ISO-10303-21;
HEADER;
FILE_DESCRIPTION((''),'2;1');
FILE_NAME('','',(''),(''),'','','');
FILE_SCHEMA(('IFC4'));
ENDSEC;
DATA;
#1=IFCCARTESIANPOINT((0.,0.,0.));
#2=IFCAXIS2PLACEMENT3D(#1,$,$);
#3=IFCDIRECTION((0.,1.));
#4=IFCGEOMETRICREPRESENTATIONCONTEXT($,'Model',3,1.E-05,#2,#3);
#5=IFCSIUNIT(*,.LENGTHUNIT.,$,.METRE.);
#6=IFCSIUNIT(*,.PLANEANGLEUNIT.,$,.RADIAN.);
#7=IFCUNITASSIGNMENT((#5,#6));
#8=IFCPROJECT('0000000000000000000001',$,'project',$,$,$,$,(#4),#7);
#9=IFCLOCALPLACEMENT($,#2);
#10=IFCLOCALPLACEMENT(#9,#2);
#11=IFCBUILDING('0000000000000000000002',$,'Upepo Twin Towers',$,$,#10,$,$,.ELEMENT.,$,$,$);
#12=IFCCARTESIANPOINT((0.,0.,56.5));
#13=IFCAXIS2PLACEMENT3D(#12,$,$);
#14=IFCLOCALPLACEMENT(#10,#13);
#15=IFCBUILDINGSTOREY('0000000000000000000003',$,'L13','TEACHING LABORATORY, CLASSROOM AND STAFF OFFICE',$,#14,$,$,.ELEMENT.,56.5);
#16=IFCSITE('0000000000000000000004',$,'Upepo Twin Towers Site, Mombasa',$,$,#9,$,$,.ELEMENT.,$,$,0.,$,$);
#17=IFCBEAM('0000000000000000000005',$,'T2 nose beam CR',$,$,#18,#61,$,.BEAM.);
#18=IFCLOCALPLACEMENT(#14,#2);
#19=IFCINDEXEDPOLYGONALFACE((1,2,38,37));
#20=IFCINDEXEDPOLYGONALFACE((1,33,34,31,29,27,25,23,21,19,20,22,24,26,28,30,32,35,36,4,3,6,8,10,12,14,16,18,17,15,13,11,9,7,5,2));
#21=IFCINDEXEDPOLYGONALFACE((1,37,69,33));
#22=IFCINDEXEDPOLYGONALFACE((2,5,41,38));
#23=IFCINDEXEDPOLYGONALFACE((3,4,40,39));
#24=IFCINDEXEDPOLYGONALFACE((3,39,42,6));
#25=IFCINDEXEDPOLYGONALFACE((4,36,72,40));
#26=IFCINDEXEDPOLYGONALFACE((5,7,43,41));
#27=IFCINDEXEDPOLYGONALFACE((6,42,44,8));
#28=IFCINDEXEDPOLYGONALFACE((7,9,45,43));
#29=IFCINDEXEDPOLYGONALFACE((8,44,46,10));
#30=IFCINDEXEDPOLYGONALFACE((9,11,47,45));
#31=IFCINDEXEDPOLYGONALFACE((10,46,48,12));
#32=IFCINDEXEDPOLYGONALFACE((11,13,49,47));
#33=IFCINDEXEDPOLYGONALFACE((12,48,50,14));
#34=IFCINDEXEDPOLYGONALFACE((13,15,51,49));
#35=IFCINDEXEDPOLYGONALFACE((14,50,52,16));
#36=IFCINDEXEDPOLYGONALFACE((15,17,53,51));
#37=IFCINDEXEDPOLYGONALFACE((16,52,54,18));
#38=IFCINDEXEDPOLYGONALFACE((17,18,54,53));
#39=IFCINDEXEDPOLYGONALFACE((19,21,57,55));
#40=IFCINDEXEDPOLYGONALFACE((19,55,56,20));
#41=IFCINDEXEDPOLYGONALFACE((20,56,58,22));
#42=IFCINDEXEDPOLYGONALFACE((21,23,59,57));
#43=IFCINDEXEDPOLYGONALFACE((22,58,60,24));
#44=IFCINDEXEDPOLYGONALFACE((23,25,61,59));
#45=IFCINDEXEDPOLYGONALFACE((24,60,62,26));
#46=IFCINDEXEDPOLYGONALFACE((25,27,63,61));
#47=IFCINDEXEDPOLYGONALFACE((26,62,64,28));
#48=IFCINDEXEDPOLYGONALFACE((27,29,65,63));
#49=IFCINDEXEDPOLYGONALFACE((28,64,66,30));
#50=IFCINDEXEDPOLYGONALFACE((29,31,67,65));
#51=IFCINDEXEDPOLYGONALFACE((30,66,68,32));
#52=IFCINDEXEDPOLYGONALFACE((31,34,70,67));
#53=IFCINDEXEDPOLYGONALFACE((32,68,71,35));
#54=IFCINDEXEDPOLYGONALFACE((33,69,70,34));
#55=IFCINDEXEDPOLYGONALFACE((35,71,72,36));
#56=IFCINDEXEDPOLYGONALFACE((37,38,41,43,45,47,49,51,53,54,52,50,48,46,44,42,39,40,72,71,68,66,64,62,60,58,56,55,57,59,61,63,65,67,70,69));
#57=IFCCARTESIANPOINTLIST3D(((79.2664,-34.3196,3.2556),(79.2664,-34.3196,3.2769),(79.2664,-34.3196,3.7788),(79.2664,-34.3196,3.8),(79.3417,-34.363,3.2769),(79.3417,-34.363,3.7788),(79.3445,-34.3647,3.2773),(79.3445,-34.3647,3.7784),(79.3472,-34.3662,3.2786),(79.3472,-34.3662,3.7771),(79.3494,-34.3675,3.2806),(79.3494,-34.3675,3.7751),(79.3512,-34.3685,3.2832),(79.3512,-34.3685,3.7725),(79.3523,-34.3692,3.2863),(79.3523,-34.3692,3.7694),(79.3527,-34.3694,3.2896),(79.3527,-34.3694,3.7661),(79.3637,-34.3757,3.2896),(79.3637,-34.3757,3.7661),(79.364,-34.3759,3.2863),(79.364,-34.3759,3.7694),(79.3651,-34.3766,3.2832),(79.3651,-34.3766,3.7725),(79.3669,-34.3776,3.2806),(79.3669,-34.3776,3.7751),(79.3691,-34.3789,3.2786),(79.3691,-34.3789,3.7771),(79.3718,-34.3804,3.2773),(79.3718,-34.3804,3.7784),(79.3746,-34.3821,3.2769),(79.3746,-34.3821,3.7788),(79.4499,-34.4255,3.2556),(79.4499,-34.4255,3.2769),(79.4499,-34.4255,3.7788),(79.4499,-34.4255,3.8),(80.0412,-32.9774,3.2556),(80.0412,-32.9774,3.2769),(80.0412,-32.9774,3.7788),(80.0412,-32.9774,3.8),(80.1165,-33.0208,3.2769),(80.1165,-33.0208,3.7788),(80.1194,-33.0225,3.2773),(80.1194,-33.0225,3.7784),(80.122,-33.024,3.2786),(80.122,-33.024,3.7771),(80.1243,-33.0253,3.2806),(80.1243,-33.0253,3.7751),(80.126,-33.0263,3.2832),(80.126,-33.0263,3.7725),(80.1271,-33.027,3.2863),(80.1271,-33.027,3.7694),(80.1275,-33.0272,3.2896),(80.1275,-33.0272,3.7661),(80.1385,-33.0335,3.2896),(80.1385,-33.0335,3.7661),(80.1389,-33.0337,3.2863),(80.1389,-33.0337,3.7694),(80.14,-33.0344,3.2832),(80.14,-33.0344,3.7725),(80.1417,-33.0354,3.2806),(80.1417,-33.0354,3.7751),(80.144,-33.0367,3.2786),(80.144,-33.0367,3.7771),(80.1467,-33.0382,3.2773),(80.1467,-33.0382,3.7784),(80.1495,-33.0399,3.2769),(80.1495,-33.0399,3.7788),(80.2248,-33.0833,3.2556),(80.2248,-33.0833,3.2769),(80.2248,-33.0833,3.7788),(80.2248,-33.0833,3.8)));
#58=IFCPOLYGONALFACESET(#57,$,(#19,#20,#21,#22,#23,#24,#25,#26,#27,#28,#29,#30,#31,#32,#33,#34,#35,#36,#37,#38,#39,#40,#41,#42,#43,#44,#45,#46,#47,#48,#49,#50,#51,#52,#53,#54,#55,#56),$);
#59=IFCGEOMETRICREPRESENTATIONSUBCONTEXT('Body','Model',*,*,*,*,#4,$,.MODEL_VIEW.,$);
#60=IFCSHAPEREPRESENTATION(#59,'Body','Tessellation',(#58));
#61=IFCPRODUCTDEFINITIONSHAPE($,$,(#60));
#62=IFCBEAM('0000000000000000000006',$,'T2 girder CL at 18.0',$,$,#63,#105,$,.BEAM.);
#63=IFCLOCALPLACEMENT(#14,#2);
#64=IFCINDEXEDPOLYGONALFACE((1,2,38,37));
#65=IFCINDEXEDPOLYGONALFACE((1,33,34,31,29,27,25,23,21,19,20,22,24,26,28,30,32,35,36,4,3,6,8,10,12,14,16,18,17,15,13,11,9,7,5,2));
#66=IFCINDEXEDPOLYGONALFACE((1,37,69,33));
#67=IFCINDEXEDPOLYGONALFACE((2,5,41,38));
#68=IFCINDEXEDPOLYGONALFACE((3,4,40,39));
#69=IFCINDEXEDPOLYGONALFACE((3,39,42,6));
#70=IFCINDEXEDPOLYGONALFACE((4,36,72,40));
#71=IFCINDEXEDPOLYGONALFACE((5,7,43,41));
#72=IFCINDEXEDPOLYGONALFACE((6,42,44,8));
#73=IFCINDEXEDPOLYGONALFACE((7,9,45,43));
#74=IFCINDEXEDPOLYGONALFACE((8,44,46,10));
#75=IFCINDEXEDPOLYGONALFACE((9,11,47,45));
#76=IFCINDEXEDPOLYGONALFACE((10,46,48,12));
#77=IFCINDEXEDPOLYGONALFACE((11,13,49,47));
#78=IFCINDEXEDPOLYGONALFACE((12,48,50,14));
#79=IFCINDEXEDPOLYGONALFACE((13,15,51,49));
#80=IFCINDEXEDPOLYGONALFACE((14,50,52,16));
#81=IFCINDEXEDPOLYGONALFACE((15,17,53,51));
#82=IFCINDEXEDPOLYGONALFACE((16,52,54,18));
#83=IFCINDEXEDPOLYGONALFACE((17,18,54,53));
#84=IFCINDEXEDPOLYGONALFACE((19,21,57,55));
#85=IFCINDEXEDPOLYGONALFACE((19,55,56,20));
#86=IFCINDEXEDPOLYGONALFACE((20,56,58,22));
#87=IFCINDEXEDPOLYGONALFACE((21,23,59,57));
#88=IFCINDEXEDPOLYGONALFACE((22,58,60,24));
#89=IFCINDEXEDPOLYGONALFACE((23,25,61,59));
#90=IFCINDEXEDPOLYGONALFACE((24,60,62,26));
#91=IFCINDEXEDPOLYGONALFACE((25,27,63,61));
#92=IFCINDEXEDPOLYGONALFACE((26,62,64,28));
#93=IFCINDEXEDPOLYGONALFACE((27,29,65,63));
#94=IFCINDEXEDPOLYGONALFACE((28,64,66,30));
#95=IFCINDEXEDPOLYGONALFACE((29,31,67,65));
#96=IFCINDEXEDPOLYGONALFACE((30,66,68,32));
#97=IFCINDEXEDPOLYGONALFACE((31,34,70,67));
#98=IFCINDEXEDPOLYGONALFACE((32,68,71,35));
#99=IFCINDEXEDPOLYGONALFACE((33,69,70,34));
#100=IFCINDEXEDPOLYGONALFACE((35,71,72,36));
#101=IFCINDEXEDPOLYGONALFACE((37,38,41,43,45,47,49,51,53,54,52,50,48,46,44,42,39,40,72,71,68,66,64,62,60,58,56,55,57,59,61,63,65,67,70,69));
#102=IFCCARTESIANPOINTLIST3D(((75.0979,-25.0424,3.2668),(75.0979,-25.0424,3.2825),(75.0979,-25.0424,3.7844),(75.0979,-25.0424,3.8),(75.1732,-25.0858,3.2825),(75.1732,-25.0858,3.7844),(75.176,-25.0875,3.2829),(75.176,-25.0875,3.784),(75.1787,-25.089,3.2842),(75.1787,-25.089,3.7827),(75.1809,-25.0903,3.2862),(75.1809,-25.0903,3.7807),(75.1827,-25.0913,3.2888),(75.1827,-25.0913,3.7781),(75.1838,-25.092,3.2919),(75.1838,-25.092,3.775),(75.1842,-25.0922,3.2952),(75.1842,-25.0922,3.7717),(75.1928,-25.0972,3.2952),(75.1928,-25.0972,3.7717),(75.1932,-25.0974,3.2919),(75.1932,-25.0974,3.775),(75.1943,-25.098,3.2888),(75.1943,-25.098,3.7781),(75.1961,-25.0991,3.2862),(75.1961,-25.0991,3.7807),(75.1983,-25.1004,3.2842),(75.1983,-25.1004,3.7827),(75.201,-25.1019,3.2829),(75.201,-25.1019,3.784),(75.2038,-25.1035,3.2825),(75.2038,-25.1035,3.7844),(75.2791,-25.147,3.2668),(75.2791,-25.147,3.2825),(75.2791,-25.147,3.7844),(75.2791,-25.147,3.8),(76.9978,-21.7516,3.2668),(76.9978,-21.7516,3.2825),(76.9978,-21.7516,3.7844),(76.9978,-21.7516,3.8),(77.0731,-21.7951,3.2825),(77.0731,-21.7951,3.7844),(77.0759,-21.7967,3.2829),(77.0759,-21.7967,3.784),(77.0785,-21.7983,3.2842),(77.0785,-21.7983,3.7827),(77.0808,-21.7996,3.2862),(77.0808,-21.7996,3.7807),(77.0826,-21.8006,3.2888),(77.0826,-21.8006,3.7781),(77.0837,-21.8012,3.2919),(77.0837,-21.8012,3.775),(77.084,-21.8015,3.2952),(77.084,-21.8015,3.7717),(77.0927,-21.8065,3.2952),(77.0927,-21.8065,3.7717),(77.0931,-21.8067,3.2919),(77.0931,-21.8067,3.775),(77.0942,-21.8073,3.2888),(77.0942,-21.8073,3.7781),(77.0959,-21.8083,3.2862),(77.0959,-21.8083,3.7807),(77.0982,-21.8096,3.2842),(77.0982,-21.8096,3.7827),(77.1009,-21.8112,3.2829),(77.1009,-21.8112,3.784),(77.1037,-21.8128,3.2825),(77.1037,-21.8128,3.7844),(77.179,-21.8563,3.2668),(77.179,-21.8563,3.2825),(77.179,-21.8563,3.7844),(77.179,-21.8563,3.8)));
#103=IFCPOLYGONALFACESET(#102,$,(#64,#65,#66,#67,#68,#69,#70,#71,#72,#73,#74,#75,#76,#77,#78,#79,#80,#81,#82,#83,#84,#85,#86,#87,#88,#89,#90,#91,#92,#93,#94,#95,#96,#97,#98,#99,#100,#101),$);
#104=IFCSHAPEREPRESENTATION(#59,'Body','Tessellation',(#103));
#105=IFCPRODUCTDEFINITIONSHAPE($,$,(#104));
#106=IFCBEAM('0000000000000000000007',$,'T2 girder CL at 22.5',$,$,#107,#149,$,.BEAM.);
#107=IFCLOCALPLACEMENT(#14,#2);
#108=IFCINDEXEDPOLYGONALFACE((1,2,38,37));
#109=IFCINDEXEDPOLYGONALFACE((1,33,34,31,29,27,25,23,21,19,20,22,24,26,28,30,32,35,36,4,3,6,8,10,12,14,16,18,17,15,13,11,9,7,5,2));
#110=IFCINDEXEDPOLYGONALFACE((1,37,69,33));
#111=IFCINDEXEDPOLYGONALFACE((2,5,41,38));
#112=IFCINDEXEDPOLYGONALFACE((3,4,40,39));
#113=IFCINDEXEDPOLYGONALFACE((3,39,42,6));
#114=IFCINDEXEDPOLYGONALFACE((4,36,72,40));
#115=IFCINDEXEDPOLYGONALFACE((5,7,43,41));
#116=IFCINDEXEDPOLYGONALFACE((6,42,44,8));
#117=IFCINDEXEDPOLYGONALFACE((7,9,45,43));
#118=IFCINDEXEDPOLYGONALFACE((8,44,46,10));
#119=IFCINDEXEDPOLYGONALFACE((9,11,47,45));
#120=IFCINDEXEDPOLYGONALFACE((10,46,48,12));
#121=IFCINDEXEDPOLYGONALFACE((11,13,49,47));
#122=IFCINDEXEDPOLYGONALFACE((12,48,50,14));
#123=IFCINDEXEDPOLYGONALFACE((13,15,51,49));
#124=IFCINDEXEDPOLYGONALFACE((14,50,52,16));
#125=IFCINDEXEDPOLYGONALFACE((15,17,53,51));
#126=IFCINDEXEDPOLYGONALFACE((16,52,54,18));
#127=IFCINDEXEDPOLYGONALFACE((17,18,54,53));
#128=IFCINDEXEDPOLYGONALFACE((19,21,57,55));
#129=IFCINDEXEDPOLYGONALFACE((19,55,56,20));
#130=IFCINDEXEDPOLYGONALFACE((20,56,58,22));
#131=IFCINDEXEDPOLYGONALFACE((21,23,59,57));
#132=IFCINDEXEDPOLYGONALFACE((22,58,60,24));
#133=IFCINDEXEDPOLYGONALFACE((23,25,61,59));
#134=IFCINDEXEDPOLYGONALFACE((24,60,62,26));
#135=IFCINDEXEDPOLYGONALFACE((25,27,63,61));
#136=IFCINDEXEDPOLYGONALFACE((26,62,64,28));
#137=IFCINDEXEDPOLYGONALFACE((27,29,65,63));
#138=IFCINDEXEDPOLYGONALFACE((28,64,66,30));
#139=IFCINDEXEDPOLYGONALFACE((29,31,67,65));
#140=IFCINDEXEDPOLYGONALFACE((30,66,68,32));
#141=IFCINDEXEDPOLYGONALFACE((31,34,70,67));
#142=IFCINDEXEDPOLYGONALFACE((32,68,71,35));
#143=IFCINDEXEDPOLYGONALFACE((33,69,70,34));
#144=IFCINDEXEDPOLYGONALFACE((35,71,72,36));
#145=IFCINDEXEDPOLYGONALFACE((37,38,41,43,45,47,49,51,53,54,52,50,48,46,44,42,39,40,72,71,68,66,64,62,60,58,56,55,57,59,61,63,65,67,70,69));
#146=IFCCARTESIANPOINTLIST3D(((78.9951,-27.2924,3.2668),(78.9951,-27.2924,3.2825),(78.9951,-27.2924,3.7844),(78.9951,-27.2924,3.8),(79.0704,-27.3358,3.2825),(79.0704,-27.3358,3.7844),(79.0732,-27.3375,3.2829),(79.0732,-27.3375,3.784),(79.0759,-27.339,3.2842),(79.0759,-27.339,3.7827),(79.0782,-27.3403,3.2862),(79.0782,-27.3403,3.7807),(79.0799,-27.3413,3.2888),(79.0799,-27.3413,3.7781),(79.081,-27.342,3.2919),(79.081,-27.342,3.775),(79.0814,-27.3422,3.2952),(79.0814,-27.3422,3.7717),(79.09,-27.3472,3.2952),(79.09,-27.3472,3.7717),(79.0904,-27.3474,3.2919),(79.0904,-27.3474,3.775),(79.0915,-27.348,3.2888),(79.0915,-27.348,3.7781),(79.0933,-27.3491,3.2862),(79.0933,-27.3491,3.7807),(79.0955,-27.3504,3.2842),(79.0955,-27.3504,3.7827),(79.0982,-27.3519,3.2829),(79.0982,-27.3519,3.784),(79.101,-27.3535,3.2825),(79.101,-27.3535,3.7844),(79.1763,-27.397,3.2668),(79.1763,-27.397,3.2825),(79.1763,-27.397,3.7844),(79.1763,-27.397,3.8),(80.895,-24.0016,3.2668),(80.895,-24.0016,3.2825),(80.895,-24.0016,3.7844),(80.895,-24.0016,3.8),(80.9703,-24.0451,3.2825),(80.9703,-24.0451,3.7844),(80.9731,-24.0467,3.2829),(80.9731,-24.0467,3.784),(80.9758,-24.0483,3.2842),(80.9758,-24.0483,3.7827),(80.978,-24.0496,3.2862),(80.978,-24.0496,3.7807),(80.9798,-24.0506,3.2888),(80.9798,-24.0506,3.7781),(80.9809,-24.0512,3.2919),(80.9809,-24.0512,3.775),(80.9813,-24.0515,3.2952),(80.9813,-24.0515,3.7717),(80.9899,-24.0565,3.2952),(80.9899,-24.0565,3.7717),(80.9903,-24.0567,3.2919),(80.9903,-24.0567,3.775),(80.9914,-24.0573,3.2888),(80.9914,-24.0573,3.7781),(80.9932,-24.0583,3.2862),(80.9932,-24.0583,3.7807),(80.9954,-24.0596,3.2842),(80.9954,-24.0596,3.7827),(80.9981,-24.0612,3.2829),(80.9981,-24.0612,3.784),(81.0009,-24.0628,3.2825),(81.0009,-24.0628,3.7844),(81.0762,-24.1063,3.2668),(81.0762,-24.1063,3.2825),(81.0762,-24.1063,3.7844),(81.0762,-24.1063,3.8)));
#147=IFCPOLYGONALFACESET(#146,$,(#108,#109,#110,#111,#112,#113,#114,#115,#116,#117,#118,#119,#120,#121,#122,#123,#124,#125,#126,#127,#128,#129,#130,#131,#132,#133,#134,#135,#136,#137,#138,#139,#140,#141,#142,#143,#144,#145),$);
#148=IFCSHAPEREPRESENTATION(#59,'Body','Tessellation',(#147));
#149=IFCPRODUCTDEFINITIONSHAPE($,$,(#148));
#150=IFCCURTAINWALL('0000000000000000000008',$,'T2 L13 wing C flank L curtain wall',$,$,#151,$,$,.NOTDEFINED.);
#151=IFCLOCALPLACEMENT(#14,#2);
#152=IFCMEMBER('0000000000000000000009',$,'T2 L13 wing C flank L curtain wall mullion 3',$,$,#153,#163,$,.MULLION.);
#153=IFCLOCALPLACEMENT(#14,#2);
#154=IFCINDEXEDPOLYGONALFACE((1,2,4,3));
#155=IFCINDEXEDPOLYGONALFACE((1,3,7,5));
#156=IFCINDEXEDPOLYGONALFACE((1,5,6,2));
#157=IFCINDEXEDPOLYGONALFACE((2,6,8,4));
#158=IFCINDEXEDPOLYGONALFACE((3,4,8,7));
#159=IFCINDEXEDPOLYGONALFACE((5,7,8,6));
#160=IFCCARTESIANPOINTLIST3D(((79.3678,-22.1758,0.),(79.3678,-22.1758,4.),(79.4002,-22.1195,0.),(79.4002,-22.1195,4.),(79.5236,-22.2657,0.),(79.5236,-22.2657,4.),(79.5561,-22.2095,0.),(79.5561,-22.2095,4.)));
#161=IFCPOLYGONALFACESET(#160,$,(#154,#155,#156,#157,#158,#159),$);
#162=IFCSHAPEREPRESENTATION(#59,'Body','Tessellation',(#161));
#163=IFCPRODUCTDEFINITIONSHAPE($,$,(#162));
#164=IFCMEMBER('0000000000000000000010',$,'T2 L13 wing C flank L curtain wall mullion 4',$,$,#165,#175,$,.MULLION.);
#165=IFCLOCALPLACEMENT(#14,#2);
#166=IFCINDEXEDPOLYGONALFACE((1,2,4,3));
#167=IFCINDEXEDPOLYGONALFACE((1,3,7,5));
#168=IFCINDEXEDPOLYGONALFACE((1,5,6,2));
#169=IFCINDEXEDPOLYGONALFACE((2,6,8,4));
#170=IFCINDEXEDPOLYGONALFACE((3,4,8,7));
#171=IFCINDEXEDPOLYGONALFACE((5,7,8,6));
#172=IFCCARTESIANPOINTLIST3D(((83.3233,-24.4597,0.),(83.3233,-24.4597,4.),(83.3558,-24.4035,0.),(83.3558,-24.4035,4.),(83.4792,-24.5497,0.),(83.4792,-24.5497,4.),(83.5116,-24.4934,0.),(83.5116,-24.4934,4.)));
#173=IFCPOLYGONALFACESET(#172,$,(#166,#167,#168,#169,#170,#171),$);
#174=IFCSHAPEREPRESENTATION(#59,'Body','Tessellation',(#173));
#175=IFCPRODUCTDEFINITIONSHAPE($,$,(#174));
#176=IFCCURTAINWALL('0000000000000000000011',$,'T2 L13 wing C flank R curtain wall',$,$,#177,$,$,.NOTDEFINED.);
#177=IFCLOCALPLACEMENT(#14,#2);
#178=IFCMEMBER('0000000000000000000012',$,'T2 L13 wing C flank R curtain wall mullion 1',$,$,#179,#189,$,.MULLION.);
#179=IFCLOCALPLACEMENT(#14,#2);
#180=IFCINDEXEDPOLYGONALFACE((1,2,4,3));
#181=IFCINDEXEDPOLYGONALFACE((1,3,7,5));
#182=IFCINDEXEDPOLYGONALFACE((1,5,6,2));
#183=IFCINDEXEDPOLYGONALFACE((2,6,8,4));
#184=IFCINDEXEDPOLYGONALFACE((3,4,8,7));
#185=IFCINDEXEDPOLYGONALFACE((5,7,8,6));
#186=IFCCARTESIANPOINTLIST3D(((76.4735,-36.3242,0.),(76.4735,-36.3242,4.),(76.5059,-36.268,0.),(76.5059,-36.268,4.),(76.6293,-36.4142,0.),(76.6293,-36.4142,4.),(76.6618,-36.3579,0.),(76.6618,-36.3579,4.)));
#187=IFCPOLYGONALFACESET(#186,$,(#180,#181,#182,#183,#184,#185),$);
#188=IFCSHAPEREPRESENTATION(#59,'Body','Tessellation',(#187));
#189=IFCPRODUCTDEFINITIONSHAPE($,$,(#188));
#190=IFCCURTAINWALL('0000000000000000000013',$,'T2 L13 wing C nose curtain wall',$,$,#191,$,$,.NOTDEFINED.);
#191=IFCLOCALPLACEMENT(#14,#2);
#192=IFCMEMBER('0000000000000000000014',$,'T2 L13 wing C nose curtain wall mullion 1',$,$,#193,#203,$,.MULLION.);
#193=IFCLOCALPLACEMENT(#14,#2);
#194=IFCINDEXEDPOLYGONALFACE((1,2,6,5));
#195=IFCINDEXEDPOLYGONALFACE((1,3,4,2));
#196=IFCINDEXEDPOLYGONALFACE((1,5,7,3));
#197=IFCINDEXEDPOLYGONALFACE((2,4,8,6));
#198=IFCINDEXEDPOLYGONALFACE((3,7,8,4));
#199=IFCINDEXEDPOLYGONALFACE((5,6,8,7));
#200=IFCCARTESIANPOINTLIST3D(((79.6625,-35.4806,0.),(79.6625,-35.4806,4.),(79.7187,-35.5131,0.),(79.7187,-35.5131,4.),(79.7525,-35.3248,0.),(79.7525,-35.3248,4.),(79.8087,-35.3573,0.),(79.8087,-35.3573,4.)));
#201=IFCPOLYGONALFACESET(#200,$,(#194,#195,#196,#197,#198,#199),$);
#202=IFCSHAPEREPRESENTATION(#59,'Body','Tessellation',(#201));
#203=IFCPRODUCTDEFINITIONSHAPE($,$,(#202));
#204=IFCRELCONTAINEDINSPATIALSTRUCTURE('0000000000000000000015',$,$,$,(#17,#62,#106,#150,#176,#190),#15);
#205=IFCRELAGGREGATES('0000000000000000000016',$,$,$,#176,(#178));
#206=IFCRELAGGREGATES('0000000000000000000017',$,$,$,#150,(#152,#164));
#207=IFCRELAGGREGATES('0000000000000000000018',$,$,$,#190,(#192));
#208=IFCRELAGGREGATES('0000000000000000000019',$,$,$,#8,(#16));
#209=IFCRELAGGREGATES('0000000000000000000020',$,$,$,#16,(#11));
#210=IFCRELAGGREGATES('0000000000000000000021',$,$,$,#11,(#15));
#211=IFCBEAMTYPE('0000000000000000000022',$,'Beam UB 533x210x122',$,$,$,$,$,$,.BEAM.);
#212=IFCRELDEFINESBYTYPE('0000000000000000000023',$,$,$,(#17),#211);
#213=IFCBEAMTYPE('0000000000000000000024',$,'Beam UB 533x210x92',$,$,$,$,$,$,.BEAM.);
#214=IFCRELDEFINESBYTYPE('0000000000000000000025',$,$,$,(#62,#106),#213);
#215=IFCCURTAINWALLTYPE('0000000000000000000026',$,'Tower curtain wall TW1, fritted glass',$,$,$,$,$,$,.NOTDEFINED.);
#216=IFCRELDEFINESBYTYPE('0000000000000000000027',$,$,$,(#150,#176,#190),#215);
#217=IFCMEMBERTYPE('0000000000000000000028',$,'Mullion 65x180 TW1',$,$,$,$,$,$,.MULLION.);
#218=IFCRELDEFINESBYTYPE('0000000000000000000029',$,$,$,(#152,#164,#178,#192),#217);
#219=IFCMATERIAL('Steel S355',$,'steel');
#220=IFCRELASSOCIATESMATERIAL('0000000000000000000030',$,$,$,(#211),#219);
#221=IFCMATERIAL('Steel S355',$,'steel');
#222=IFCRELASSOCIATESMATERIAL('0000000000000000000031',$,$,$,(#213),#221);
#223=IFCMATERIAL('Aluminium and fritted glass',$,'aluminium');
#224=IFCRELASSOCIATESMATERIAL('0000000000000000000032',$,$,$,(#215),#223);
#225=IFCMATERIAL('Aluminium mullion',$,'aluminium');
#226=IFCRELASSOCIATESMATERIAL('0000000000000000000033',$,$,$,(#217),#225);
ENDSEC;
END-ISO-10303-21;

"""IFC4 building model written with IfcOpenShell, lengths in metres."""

from ifc_helpers import new_model, si_unit, direction, frame, origin, origin_2d, place, context, subcontext, project, spatial, rectangle, i_section, extrude, material, material_profile, profile_set, type_object, element, aggregate, save


model = new_model("IFC4")

# Units and contexts
model_context = context("Model", 3, precision=1e-05, world=origin(), true_north=direction((0.0, 1.0)))
body_context = subcontext(model_context, "Body", "Model", "MODEL_VIEW")
ifc_project = project(units=[si_unit("LENGTHUNIT", "METRE"), si_unit("PLANEANGLEUNIT", "RADIAN")], contexts=[model_context])

# Site, building, storey
site_placement = place(None, origin())
site = spatial("IfcSite", under=ifc_project, at=site_placement, Name="Upepo Twin Towers Site, Mombasa", CompositionType="ELEMENT", RefElevation=0.0)
building_placement = place(site_placement, origin())
building = spatial("IfcBuilding", under=site, at=building_placement, Name="Upepo Twin Towers", CompositionType="ELEMENT")
storey_placement = place(building_placement, frame((0.0, 0.0, 56.5)))
storey = spatial("IfcBuildingStorey", under=building, at=storey_placement, Name="L13", Description="TEACHING LABORATORY, CLASSROOM AND STAFF OFFICE", CompositionType="ELEMENT", Elevation=56.5)

# Beams
ifc_material_1 = material(Name="Steel S355", Category="steel")
ifc_material_profile_1 = material_profile(ifc_material_1, i_section(OverallWidth=0.2119, OverallDepth=0.5444, WebThickness=0.0127, FlangeThickness=0.0212, FilletRadius=0.0127, at=origin_2d()), Name="UB 533x210x122")
ifc_profile_set_1 = profile_set([ifc_material_profile_1], Name="Steel S355")
beam_type_1 = type_object("IfcBeamType", Name="Beam UB 533x210x122", PredefinedType="BEAM", material=ifc_profile_set_1)
for number, where, z_axis, x_axis, name in (
    (1, (79.3582, -34.3726, 3.5278), (0.499968, 0.866044, 0.0), (-0.866044, 0.499968, 0.0), "T2 nose beam CR"),
):
    element("IfcBeam", number, at=place(storey_placement, frame(where, z_axis=z_axis, x_axis=x_axis)), inside=storey, type_object=beam_type_1, Name=name, PredefinedType="BEAM", context=body_context, shape_type="SweptSolid", body=[
        extrude(i_section(OverallWidth=0.2119, OverallDepth=0.5444, WebThickness=0.0127, FlangeThickness=0.0212, FilletRadius=0.0127, at=origin_2d()), origin(), (0.0, 0.0, 1.0), 1.5498),
    ])
ifc_material_2 = material(Name="Steel S355", Category="steel")
ifc_material_profile_2 = material_profile(ifc_material_2, i_section(OverallWidth=0.2092, OverallDepth=0.5332, WebThickness=0.01, FlangeThickness=0.0156, FilletRadius=0.0127, at=origin_2d()), Name="UB 533x210x92")
ifc_profile_set_2 = profile_set([ifc_material_profile_2], Name="Steel S355")
beam_type_2 = type_object("IfcBeamType", Name="Beam UB 533x210x92", PredefinedType="BEAM", material=ifc_profile_set_2)
for number, where, z_axis, x_axis, name in (
    (2, (77.0884, -21.804, 3.5334), (-0.499995, -0.866028, 0.0), (0.866028, -0.499995, 0.0), "T2 girder CL at 18.0"),
    (3, (80.9856, -24.054, 3.5334), (-0.499995, -0.866028, 0.0), (0.866028, -0.499995, 0.0), "T2 girder CL at 22.5"),
):
    element("IfcBeam", number, at=place(storey_placement, frame(where, z_axis=z_axis, x_axis=x_axis)), inside=storey, type_object=beam_type_2, Name=name, PredefinedType="BEAM", context=body_context, shape_type="SweptSolid", body=[
        extrude(i_section(OverallWidth=0.2092, OverallDepth=0.5332, WebThickness=0.01, FlangeThickness=0.0156, FilletRadius=0.0127, at=origin_2d()), origin(), (0.0, 0.0, 1.0), 3.7998),
    ])

# Curtain wall, members
ifc_material_3 = material(Name="Aluminium and fritted glass", Category="aluminium")
curtain_wall_type = type_object("IfcCurtainWallType", Name="Tower curtain wall TW1, fritted glass", PredefinedType="NOTDEFINED", material=ifc_material_3)
curtain_wall_1_placement = place(storey_placement, origin())
curtain_wall_1 = element("IfcCurtainWall", 4, at=curtain_wall_1_placement, inside=storey, type_object=curtain_wall_type, Name="T2 L13 wing C flank L curtain wall", PredefinedType="NOTDEFINED")
ifc_material_4 = material(Name="Aluminium mullion", Category="aluminium")
ifc_material_profile_3 = material_profile(ifc_material_4, rectangle(XDim=0.0649, YDim=0.1799, at=origin_2d()), Name="MULLION 65x180")
ifc_profile_set_3 = profile_set([ifc_material_profile_3], Name="Aluminium mullion")
member_type_1 = type_object("IfcMemberType", Name="Mullion 65x180 TW1", PredefinedType="MULLION", material=ifc_profile_set_3)
member_1_placement = place(storey_placement, frame((79.4619, -22.1926, 0.0), z_axis=(0.0, 0.0, 1.0), x_axis=(0.5, 0.866025, 0.0)))
member_1 = element("IfcMember", 5, at=member_1_placement, type_object=member_type_1, Name="T2 L13 wing C flank L curtain wall mullion 3", PredefinedType="MULLION", context=body_context, shape_type="SweptSolid", body=[
    extrude(rectangle(XDim=0.0649, YDim=0.1799, at=origin_2d()), origin(), (0.0, 0.0, 1.0), 4.0),
])
member_2_placement = place(storey_placement, frame((83.4175, -24.4766, 0.0), z_axis=(0.0, 0.0, 1.0), x_axis=(0.5, 0.866025, 0.0)))
member_2 = element("IfcMember", 6, at=member_2_placement, type_object=member_type_1, Name="T2 L13 wing C flank L curtain wall mullion 4", PredefinedType="MULLION", context=body_context, shape_type="SweptSolid", body=[
    extrude(rectangle(XDim=0.0649, YDim=0.1799, at=origin_2d()), origin(), (0.0, 0.0, 1.0), 4.0),
])

# Curtain wall, member
curtain_wall_2_placement = place(storey_placement, origin())
curtain_wall_2 = element("IfcCurtainWall", 7, at=curtain_wall_2_placement, inside=storey, type_object=curtain_wall_type, Name="T2 L13 wing C flank R curtain wall", PredefinedType="NOTDEFINED")
member_3_placement = place(storey_placement, frame((76.5676, -36.3411, 0.0), z_axis=(0.0, 0.0, 1.0), x_axis=(-0.5, -0.866025, 0.0)))
member_3 = element("IfcMember", 8, at=member_3_placement, type_object=member_type_1, Name="T2 L13 wing C flank R curtain wall mullion 1", PredefinedType="MULLION", context=body_context, shape_type="SweptSolid", body=[
    extrude(rectangle(XDim=0.0649, YDim=0.1799, at=origin_2d()), origin(), (0.0, 0.0, 1.0), 4.0),
])

# Curtain wall, member
curtain_wall_3_placement = place(storey_placement, origin())
curtain_wall_3 = element("IfcCurtainWall", 9, at=curtain_wall_3_placement, inside=storey, type_object=curtain_wall_type, Name="T2 L13 wing C nose curtain wall", PredefinedType="NOTDEFINED")
member_4_placement = place(storey_placement, frame((79.7356, -35.4189, 0.0), z_axis=(0.0, 0.0, 1.0), x_axis=(-0.866025, 0.5, 0.0)))
member_4 = element("IfcMember", 10, at=member_4_placement, type_object=member_type_1, Name="T2 L13 wing C nose curtain wall mullion 1", PredefinedType="MULLION", context=body_context, shape_type="SweptSolid", body=[
    extrude(rectangle(XDim=0.0649, YDim=0.1799, at=origin_2d()), origin(), (0.0, 0.0, 1.0), 4.0),
])

aggregate(curtain_wall_2, [member_3])

aggregate(curtain_wall_1, [member_1, member_2])
aggregate(curtain_wall_3, [member_4])

save(model, "model.ifc")
